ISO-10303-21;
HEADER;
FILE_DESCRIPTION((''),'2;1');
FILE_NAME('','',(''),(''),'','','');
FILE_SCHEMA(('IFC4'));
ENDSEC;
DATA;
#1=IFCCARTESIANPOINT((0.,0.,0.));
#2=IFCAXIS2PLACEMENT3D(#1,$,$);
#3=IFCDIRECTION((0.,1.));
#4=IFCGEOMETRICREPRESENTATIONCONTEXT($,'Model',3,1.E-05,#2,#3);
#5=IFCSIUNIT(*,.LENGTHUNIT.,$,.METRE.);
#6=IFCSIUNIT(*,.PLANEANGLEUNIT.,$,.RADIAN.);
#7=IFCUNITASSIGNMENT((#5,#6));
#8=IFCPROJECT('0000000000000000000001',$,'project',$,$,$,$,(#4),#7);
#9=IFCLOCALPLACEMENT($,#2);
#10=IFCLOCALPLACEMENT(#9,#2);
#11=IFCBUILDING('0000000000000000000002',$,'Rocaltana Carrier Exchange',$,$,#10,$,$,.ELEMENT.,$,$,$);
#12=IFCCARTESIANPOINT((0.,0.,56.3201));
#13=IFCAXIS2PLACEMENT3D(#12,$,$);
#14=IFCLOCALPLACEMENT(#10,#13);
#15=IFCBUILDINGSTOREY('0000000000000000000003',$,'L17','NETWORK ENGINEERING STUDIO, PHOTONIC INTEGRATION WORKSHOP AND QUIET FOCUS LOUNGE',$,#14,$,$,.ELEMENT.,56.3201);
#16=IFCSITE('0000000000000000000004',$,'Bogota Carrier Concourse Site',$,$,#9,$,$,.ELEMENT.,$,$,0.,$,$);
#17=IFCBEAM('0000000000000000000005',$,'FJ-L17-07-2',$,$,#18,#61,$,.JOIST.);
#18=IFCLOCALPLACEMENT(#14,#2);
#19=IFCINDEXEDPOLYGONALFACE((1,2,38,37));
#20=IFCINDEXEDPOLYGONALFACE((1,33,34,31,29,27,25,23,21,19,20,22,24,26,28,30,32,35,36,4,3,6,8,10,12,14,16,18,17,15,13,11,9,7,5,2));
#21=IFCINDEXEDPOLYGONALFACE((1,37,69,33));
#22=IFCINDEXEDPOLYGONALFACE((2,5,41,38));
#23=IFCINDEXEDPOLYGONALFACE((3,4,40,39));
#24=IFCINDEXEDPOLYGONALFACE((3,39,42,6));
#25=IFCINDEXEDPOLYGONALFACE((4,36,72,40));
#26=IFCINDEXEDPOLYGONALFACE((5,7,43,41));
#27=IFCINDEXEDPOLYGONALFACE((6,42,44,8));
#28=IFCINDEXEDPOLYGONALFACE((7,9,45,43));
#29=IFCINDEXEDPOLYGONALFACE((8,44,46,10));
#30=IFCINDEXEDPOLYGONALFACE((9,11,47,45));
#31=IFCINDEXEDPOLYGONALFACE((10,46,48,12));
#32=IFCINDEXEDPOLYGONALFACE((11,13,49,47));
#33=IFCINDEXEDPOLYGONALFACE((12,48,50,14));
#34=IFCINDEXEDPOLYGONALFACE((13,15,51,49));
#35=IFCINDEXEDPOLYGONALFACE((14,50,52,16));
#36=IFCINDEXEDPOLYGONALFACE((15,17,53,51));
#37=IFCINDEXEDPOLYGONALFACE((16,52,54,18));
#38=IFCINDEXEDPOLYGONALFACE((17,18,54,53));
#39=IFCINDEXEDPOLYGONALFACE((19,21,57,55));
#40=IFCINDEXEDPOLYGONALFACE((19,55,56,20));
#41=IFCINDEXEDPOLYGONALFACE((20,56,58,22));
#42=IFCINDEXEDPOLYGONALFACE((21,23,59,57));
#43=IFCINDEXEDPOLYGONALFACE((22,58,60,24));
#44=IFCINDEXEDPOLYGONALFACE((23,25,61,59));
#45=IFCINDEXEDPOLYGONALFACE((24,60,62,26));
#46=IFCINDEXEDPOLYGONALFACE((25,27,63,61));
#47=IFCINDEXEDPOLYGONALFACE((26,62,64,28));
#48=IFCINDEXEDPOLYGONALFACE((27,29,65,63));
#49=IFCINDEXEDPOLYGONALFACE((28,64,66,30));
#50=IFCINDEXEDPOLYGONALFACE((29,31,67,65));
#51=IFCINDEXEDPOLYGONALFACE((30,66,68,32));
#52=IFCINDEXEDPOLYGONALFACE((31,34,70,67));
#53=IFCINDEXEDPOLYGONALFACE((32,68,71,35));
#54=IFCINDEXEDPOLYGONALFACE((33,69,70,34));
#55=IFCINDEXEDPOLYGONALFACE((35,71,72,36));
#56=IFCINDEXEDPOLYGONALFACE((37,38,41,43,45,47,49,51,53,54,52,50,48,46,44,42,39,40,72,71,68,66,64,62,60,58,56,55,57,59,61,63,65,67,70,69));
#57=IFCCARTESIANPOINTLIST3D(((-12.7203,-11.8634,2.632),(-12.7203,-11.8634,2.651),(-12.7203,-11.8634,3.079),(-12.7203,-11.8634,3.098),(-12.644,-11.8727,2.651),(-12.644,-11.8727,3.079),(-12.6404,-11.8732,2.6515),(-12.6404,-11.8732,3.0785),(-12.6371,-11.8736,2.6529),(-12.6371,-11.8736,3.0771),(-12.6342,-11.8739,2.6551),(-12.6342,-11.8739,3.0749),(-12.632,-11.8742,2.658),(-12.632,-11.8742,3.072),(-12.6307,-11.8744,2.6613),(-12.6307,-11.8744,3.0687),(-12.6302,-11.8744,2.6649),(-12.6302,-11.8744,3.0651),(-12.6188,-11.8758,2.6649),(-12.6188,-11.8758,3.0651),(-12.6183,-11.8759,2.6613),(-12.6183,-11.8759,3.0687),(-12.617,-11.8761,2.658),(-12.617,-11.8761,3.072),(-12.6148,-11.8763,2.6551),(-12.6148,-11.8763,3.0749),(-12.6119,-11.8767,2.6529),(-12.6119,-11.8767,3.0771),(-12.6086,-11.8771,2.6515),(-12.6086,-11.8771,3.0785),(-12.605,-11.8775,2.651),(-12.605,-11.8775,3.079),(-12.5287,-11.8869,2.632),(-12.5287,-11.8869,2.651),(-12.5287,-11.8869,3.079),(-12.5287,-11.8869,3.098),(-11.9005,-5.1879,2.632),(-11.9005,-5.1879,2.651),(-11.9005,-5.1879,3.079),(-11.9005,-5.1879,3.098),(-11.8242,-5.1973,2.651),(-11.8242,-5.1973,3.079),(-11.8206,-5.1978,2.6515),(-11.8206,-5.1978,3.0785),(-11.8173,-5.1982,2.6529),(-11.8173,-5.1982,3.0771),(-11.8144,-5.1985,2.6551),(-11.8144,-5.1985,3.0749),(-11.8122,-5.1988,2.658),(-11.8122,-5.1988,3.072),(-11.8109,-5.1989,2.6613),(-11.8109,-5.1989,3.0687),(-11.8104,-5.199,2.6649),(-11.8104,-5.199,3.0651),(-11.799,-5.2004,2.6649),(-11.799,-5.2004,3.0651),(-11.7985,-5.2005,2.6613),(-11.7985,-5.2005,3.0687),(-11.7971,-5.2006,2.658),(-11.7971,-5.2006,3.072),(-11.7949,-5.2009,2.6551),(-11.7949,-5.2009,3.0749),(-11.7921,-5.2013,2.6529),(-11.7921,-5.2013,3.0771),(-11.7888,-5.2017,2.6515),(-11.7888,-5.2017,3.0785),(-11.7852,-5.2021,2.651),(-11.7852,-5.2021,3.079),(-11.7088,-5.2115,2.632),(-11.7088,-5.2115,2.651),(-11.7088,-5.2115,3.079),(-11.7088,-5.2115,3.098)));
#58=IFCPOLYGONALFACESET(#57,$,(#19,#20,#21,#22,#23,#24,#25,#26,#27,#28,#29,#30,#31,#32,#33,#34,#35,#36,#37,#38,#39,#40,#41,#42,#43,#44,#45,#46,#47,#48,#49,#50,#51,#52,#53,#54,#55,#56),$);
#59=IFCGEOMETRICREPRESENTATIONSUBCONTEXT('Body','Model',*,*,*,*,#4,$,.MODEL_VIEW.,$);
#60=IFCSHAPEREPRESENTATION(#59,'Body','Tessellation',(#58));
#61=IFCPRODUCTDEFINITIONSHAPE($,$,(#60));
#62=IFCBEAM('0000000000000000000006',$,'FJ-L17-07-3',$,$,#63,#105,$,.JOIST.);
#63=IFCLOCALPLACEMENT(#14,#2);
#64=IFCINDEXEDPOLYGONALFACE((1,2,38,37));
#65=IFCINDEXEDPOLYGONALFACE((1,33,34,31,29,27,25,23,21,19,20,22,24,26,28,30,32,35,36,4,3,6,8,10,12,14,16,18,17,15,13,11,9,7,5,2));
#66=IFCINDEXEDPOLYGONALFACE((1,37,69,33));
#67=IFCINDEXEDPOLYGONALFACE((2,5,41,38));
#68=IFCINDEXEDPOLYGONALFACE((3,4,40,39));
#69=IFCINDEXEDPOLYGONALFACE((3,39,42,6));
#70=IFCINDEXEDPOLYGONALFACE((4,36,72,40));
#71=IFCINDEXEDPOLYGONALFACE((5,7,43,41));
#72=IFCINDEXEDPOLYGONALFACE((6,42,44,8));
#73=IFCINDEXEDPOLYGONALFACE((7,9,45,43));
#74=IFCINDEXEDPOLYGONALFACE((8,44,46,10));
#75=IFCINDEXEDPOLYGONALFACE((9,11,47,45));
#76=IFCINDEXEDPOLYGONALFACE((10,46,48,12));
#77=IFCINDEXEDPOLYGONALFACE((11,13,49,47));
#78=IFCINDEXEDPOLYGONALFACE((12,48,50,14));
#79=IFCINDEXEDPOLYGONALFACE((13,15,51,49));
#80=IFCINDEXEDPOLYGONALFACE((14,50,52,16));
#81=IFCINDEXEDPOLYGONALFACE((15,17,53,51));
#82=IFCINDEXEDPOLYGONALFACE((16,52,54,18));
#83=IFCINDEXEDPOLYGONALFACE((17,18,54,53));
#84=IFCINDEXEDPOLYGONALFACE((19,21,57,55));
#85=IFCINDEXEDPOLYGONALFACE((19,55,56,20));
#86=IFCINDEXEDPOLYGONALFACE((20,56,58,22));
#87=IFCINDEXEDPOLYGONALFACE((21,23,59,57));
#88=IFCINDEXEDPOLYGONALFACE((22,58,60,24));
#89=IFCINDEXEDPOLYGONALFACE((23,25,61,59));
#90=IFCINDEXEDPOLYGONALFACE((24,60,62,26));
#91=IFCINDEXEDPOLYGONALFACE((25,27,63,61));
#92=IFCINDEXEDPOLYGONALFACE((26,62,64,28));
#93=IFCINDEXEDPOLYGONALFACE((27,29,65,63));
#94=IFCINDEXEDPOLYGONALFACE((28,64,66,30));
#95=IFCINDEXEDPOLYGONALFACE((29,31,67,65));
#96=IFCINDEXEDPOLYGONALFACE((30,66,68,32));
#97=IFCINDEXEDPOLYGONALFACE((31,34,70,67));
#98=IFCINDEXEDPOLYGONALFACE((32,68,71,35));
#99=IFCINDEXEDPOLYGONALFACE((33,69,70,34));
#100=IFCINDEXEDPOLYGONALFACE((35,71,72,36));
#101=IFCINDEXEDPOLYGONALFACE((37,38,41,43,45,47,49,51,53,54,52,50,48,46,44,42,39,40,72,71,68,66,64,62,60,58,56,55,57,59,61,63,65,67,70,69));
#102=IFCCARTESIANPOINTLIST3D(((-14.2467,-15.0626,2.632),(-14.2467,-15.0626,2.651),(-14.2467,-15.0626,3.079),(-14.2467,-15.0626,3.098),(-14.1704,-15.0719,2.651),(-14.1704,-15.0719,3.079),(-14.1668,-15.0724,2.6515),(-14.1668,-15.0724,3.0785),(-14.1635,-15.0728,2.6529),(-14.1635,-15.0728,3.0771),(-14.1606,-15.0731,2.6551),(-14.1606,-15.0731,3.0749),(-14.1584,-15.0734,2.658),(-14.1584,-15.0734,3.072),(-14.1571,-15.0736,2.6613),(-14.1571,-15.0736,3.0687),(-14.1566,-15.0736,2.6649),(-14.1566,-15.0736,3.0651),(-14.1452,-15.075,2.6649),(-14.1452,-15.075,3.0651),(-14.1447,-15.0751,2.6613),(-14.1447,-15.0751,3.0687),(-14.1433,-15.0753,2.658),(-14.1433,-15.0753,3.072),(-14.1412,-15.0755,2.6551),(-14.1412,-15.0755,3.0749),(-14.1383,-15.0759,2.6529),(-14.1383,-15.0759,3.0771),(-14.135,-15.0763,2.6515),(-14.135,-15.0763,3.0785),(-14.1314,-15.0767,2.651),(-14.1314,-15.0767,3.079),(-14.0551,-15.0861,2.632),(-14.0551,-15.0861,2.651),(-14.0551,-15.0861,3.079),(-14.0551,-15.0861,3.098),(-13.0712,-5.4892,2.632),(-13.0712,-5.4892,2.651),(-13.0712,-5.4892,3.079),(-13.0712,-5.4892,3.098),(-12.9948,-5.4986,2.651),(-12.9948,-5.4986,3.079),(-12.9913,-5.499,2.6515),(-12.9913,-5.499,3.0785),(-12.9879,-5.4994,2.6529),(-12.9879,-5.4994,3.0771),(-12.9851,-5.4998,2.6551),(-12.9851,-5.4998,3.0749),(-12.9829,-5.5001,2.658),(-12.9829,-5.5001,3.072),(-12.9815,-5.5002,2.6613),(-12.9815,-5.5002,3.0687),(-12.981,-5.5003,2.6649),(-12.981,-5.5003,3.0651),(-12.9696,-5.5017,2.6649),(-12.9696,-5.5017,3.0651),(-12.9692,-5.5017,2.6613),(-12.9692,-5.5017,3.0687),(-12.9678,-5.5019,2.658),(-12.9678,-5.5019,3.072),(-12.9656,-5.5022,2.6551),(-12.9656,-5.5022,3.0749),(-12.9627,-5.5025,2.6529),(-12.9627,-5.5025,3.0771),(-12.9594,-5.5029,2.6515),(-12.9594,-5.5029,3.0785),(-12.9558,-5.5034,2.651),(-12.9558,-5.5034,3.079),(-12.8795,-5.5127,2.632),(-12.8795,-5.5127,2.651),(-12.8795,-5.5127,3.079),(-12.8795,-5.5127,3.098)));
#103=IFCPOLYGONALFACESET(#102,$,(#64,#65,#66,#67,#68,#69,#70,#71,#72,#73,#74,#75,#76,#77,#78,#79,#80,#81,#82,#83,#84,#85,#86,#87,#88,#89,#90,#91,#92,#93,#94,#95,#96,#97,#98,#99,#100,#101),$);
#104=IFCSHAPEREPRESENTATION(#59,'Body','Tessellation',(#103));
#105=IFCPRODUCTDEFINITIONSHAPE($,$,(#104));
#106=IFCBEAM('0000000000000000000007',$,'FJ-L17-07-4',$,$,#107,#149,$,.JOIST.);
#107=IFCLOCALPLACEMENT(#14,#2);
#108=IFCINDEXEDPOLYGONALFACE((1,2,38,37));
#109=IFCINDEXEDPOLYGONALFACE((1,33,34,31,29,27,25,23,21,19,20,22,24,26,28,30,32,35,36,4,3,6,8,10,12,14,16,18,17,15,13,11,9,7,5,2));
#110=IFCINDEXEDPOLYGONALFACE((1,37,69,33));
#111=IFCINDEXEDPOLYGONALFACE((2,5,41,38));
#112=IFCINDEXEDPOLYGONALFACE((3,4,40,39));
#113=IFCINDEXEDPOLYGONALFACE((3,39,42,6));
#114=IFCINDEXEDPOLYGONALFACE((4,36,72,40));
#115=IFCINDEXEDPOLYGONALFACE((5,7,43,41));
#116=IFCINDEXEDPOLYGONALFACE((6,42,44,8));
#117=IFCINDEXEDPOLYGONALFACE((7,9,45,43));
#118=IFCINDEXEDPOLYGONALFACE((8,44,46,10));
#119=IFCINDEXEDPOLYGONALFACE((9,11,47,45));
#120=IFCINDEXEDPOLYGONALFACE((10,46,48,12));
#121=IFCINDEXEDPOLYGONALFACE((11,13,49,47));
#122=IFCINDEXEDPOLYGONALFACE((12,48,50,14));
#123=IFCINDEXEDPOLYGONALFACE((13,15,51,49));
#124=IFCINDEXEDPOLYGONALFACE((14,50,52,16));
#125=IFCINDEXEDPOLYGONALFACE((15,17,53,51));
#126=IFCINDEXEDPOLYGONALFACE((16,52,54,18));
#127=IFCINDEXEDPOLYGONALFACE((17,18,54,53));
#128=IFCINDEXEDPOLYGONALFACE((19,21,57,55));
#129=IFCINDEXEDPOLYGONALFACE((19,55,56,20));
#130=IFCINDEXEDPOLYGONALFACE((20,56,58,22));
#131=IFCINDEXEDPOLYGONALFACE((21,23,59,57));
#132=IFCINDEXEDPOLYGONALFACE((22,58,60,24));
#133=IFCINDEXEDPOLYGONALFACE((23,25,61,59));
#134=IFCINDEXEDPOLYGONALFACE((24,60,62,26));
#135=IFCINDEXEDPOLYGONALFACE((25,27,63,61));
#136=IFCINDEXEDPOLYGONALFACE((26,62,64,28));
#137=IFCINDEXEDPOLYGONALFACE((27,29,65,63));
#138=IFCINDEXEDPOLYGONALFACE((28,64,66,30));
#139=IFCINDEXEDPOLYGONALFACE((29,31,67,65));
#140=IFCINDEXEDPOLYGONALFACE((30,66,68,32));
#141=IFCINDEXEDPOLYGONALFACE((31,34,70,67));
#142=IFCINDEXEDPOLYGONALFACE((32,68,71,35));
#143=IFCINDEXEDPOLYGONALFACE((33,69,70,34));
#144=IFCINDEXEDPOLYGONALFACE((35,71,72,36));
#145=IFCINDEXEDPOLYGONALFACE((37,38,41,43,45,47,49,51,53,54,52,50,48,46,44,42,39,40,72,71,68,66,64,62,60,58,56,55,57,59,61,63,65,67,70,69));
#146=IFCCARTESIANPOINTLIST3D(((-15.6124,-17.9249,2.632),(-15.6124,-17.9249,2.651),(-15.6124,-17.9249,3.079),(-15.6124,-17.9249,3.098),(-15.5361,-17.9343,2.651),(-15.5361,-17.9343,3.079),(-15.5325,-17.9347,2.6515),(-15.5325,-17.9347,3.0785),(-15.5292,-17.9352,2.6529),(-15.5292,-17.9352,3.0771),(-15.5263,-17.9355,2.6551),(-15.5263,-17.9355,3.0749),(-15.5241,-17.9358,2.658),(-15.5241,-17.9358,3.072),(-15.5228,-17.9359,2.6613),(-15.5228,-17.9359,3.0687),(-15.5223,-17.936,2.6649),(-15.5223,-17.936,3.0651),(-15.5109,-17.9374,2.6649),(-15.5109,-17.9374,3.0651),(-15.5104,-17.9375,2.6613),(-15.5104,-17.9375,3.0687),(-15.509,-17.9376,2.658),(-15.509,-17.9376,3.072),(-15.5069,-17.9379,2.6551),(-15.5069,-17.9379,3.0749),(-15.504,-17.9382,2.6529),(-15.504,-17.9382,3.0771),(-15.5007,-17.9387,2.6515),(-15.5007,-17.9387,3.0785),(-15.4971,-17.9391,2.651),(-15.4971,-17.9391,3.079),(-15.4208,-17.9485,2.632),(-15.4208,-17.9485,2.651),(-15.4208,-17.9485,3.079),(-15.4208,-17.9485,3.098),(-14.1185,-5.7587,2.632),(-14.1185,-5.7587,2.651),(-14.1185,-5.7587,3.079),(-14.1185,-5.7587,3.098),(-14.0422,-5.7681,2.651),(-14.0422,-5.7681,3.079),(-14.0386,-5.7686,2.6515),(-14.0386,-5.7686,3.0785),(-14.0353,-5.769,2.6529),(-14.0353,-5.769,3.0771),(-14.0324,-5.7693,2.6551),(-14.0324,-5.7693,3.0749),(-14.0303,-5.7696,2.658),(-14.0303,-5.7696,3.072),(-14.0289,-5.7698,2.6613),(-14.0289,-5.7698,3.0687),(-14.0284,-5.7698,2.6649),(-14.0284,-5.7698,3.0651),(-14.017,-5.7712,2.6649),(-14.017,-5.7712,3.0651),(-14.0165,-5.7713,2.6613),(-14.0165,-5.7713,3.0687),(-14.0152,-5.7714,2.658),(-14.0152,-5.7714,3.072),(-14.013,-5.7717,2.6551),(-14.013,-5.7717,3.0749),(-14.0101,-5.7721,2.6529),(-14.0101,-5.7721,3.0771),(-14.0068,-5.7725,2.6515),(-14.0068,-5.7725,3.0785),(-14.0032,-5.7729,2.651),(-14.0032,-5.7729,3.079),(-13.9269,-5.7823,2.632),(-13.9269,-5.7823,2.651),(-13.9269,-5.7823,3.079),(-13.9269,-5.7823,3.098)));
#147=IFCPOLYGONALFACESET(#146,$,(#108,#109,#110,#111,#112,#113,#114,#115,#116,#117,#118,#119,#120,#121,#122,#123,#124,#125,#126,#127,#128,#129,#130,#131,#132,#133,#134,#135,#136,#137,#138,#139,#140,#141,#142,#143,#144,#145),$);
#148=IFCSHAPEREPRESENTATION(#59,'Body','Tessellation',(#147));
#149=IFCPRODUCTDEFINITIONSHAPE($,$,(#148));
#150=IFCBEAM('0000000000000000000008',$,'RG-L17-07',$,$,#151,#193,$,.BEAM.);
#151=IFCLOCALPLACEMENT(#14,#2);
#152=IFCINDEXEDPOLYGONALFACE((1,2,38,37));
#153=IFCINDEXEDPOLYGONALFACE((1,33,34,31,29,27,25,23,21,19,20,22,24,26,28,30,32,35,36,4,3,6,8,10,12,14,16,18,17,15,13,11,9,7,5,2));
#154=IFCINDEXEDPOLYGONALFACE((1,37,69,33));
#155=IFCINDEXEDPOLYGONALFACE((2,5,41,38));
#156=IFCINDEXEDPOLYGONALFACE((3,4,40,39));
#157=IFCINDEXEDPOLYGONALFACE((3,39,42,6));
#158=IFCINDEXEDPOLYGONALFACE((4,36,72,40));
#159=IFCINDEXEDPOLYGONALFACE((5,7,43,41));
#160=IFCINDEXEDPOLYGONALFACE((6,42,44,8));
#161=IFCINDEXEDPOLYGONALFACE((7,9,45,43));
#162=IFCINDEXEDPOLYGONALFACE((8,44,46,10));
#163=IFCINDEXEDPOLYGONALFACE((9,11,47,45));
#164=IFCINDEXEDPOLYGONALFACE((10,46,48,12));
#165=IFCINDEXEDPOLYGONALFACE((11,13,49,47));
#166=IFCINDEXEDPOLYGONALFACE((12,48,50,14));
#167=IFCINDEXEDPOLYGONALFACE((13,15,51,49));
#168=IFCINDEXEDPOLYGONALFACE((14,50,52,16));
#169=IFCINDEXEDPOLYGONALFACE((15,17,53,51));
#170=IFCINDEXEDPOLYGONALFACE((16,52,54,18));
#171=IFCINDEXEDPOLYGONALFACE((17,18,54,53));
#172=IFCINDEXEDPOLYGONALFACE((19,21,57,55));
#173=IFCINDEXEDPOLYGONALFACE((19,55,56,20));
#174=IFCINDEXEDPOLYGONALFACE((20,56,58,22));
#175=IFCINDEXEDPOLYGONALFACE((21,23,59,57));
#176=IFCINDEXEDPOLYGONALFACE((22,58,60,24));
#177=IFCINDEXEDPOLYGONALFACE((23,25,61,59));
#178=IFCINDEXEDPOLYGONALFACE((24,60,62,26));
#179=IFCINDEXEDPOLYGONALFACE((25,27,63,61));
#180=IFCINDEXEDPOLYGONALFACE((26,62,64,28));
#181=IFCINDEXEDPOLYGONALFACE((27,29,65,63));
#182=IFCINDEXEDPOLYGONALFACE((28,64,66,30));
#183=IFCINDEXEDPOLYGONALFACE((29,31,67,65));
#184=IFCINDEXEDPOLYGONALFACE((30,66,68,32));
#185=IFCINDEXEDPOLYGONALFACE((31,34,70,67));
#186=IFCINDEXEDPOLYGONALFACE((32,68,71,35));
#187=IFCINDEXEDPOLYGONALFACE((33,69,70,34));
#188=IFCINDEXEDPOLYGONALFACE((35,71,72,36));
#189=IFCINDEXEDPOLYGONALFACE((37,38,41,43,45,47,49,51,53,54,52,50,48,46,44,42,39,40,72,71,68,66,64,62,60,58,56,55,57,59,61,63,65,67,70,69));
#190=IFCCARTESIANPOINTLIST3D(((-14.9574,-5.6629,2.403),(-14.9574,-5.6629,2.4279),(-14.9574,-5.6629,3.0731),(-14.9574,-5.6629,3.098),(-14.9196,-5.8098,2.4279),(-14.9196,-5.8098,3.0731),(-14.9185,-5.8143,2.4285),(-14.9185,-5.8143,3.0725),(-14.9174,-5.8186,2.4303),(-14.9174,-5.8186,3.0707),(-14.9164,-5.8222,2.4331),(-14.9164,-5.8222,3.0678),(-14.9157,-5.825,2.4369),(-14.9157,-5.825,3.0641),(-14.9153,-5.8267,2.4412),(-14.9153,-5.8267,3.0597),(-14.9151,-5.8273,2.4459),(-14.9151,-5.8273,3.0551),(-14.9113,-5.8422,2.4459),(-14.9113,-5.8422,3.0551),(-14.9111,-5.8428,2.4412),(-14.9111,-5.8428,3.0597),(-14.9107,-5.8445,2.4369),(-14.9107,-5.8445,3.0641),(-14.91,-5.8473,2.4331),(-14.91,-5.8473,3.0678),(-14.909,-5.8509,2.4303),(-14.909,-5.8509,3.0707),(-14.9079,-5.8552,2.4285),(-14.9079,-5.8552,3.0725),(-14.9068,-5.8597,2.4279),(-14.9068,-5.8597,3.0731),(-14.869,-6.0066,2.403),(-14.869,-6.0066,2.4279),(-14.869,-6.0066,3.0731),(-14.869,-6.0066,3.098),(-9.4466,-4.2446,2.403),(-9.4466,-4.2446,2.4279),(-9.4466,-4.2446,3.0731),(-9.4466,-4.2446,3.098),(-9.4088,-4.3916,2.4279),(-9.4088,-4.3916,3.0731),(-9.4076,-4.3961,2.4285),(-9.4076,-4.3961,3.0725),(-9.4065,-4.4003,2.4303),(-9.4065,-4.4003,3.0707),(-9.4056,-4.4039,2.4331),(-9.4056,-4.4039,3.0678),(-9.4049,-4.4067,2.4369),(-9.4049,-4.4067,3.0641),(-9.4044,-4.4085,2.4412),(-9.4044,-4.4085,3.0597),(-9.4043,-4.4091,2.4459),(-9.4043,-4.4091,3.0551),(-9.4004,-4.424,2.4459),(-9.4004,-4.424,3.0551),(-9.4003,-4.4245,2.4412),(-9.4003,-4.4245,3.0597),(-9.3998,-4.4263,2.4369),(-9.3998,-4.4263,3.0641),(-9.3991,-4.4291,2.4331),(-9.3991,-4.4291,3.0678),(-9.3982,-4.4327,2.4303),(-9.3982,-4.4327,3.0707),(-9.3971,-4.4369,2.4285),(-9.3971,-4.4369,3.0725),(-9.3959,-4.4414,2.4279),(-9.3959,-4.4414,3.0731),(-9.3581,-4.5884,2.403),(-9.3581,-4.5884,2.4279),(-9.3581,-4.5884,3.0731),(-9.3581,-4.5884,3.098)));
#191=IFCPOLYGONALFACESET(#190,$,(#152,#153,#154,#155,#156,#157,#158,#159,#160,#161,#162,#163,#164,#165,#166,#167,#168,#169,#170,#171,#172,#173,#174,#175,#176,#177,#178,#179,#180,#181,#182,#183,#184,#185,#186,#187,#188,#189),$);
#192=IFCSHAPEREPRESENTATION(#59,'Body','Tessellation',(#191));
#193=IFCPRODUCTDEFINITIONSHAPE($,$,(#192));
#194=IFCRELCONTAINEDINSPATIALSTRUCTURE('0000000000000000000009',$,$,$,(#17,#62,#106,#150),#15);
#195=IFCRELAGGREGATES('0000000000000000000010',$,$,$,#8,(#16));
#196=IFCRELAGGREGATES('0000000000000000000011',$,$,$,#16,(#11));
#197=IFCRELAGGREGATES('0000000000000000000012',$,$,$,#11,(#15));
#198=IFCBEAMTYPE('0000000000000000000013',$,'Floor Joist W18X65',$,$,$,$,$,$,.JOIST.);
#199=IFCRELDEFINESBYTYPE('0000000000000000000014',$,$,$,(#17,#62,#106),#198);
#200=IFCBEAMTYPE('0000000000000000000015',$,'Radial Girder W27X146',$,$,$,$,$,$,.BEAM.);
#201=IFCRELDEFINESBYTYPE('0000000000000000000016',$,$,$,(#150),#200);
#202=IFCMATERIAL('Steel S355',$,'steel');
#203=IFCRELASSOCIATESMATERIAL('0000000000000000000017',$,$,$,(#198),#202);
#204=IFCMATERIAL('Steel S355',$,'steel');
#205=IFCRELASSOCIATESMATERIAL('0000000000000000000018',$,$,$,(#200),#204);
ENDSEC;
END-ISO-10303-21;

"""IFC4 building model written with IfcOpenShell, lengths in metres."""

from ifc_helpers import new_model, si_unit, direction, frame, origin, origin_2d, place, context, subcontext, project, spatial, i_section, extrude, material, material_profile, profile_set, type_object, element, save


model = new_model("IFC4")

# Units and contexts
model_context = context("Model", 3, precision=1e-05, world=origin(), true_north=direction((0.0, 1.0)))
body_context = subcontext(model_context, "Body", "Model", "MODEL_VIEW")
ifc_project = project(units=[si_unit("LENGTHUNIT", "METRE"), si_unit("PLANEANGLEUNIT", "RADIAN")], contexts=[model_context])

# Site, building, storey
site_placement = place(None, origin())
site = spatial("IfcSite", under=ifc_project, at=site_placement, Name="Bogota Carrier Concourse Site", CompositionType="ELEMENT", RefElevation=0.0)
building_placement = place(site_placement, origin())
building = spatial("IfcBuilding", under=site, at=building_placement, Name="Rocaltana Carrier Exchange", CompositionType="ELEMENT")
storey_placement = place(building_placement, frame((0.0, 0.0, 56.3201)))
storey = spatial("IfcBuildingStorey", under=building, at=storey_placement, Name="L17", Description="NETWORK ENGINEERING STUDIO, PHOTONIC INTEGRATION WORKSHOP AND QUIET FOCUS LOUNGE", CompositionType="ELEMENT", Elevation=56.3201)

# Beams
ifc_material_1 = material(Name="Steel S355", Category="steel")
ifc_material_profile_1 = material_profile(ifc_material_1, i_section(OverallWidth=0.1931, OverallDepth=0.4661, WebThickness=0.0115, FlangeThickness=0.019, FilletRadius=0.0139, at=origin_2d()), Name="W18X65")
ifc_profile_set_1 = profile_set([ifc_material_profile_1], Name="Steel S355")
beam_type_1 = type_object("IfcBeamType", Name="Floor Joist W18X65", PredefinedType="JOIST", material=ifc_profile_set_1)
beam_1_placement = place(storey_placement, frame((-11.8047, -5.1997, 2.865), z_axis=(-0.121894, -0.992543, 0.0), x_axis=(0.992543, -0.121894, 0.0)))
element("IfcBeam", 1, at=beam_1_placement, inside=storey, type_object=beam_type_1, Name="FJ-L17-07-2", PredefinedType="JOIST", context=body_context, shape_type="SweptSolid", body=[
    extrude(i_section(OverallWidth=0.1931, OverallDepth=0.4661, WebThickness=0.0115, FlangeThickness=0.019, FilletRadius=0.0139, at=origin_2d()), origin(), (0.0, 0.0, 1.0), 6.7256),
])
beam_2_placement = place(storey_placement, frame((-12.9753, -5.501, 2.865), z_axis=(-0.121879, -0.992545, 0.0), x_axis=(0.992545, -0.121879, 0.0)))
element("IfcBeam", 2, at=beam_2_placement, inside=storey, type_object=beam_type_1, Name="FJ-L17-07-3", PredefinedType="JOIST", context=body_context, shape_type="SweptSolid", body=[
    extrude(i_section(OverallWidth=0.1931, OverallDepth=0.4661, WebThickness=0.0115, FlangeThickness=0.019, FilletRadius=0.0139, at=origin_2d()), origin(), (0.0, 0.0, 1.0), 9.6453),
])
beam_3_placement = place(storey_placement, frame((-14.0227, -5.7705, 2.865), z_axis=(-0.121875, -0.992545, 0.0), x_axis=(0.992545, -0.121875, 0.0)))
element("IfcBeam", 3, at=beam_3_placement, inside=storey, type_object=beam_type_1, Name="FJ-L17-07-4", PredefinedType="JOIST", context=body_context, shape_type="SweptSolid", body=[
    extrude(i_section(OverallWidth=0.1931, OverallDepth=0.4661, WebThickness=0.0115, FlangeThickness=0.019, FilletRadius=0.0139, at=origin_2d()), origin(), (0.0, 0.0, 1.0), 12.2576),
])
ifc_material_2 = material(Name="Steel S355", Category="steel")
ifc_material_profile_2 = material_profile(ifc_material_2, i_section(OverallWidth=0.355, OverallDepth=0.6951, WebThickness=0.0154, FlangeThickness=0.0249, FilletRadius=0.0181, at=origin_2d()), Name="W27X146")
ifc_profile_set_2 = profile_set([ifc_material_profile_2], Name="Steel S355")
beam_type_2 = type_object("IfcBeamType", Name="Radial Girder W27X146", PredefinedType="BEAM", material=ifc_profile_set_2)
beam_4_placement = place(storey_placement, frame((-9.4023, -4.4165, 2.7505), z_axis=(-0.968444, -0.249233, 0.0), x_axis=(0.249233, -0.968444, 0.0)))
element("IfcBeam", 4, at=beam_4_placement, inside=storey, type_object=beam_type_2, Name="RG-L17-07", PredefinedType="BEAM", context=body_context, shape_type="SweptSolid", body=[
    extrude(i_section(OverallWidth=0.355, OverallDepth=0.6951, WebThickness=0.0154, FlangeThickness=0.0249, FilletRadius=0.0181, at=origin_2d()), origin(), (0.0, 0.0, 1.0), 5.6904),
])

save(model, "model.ifc")
